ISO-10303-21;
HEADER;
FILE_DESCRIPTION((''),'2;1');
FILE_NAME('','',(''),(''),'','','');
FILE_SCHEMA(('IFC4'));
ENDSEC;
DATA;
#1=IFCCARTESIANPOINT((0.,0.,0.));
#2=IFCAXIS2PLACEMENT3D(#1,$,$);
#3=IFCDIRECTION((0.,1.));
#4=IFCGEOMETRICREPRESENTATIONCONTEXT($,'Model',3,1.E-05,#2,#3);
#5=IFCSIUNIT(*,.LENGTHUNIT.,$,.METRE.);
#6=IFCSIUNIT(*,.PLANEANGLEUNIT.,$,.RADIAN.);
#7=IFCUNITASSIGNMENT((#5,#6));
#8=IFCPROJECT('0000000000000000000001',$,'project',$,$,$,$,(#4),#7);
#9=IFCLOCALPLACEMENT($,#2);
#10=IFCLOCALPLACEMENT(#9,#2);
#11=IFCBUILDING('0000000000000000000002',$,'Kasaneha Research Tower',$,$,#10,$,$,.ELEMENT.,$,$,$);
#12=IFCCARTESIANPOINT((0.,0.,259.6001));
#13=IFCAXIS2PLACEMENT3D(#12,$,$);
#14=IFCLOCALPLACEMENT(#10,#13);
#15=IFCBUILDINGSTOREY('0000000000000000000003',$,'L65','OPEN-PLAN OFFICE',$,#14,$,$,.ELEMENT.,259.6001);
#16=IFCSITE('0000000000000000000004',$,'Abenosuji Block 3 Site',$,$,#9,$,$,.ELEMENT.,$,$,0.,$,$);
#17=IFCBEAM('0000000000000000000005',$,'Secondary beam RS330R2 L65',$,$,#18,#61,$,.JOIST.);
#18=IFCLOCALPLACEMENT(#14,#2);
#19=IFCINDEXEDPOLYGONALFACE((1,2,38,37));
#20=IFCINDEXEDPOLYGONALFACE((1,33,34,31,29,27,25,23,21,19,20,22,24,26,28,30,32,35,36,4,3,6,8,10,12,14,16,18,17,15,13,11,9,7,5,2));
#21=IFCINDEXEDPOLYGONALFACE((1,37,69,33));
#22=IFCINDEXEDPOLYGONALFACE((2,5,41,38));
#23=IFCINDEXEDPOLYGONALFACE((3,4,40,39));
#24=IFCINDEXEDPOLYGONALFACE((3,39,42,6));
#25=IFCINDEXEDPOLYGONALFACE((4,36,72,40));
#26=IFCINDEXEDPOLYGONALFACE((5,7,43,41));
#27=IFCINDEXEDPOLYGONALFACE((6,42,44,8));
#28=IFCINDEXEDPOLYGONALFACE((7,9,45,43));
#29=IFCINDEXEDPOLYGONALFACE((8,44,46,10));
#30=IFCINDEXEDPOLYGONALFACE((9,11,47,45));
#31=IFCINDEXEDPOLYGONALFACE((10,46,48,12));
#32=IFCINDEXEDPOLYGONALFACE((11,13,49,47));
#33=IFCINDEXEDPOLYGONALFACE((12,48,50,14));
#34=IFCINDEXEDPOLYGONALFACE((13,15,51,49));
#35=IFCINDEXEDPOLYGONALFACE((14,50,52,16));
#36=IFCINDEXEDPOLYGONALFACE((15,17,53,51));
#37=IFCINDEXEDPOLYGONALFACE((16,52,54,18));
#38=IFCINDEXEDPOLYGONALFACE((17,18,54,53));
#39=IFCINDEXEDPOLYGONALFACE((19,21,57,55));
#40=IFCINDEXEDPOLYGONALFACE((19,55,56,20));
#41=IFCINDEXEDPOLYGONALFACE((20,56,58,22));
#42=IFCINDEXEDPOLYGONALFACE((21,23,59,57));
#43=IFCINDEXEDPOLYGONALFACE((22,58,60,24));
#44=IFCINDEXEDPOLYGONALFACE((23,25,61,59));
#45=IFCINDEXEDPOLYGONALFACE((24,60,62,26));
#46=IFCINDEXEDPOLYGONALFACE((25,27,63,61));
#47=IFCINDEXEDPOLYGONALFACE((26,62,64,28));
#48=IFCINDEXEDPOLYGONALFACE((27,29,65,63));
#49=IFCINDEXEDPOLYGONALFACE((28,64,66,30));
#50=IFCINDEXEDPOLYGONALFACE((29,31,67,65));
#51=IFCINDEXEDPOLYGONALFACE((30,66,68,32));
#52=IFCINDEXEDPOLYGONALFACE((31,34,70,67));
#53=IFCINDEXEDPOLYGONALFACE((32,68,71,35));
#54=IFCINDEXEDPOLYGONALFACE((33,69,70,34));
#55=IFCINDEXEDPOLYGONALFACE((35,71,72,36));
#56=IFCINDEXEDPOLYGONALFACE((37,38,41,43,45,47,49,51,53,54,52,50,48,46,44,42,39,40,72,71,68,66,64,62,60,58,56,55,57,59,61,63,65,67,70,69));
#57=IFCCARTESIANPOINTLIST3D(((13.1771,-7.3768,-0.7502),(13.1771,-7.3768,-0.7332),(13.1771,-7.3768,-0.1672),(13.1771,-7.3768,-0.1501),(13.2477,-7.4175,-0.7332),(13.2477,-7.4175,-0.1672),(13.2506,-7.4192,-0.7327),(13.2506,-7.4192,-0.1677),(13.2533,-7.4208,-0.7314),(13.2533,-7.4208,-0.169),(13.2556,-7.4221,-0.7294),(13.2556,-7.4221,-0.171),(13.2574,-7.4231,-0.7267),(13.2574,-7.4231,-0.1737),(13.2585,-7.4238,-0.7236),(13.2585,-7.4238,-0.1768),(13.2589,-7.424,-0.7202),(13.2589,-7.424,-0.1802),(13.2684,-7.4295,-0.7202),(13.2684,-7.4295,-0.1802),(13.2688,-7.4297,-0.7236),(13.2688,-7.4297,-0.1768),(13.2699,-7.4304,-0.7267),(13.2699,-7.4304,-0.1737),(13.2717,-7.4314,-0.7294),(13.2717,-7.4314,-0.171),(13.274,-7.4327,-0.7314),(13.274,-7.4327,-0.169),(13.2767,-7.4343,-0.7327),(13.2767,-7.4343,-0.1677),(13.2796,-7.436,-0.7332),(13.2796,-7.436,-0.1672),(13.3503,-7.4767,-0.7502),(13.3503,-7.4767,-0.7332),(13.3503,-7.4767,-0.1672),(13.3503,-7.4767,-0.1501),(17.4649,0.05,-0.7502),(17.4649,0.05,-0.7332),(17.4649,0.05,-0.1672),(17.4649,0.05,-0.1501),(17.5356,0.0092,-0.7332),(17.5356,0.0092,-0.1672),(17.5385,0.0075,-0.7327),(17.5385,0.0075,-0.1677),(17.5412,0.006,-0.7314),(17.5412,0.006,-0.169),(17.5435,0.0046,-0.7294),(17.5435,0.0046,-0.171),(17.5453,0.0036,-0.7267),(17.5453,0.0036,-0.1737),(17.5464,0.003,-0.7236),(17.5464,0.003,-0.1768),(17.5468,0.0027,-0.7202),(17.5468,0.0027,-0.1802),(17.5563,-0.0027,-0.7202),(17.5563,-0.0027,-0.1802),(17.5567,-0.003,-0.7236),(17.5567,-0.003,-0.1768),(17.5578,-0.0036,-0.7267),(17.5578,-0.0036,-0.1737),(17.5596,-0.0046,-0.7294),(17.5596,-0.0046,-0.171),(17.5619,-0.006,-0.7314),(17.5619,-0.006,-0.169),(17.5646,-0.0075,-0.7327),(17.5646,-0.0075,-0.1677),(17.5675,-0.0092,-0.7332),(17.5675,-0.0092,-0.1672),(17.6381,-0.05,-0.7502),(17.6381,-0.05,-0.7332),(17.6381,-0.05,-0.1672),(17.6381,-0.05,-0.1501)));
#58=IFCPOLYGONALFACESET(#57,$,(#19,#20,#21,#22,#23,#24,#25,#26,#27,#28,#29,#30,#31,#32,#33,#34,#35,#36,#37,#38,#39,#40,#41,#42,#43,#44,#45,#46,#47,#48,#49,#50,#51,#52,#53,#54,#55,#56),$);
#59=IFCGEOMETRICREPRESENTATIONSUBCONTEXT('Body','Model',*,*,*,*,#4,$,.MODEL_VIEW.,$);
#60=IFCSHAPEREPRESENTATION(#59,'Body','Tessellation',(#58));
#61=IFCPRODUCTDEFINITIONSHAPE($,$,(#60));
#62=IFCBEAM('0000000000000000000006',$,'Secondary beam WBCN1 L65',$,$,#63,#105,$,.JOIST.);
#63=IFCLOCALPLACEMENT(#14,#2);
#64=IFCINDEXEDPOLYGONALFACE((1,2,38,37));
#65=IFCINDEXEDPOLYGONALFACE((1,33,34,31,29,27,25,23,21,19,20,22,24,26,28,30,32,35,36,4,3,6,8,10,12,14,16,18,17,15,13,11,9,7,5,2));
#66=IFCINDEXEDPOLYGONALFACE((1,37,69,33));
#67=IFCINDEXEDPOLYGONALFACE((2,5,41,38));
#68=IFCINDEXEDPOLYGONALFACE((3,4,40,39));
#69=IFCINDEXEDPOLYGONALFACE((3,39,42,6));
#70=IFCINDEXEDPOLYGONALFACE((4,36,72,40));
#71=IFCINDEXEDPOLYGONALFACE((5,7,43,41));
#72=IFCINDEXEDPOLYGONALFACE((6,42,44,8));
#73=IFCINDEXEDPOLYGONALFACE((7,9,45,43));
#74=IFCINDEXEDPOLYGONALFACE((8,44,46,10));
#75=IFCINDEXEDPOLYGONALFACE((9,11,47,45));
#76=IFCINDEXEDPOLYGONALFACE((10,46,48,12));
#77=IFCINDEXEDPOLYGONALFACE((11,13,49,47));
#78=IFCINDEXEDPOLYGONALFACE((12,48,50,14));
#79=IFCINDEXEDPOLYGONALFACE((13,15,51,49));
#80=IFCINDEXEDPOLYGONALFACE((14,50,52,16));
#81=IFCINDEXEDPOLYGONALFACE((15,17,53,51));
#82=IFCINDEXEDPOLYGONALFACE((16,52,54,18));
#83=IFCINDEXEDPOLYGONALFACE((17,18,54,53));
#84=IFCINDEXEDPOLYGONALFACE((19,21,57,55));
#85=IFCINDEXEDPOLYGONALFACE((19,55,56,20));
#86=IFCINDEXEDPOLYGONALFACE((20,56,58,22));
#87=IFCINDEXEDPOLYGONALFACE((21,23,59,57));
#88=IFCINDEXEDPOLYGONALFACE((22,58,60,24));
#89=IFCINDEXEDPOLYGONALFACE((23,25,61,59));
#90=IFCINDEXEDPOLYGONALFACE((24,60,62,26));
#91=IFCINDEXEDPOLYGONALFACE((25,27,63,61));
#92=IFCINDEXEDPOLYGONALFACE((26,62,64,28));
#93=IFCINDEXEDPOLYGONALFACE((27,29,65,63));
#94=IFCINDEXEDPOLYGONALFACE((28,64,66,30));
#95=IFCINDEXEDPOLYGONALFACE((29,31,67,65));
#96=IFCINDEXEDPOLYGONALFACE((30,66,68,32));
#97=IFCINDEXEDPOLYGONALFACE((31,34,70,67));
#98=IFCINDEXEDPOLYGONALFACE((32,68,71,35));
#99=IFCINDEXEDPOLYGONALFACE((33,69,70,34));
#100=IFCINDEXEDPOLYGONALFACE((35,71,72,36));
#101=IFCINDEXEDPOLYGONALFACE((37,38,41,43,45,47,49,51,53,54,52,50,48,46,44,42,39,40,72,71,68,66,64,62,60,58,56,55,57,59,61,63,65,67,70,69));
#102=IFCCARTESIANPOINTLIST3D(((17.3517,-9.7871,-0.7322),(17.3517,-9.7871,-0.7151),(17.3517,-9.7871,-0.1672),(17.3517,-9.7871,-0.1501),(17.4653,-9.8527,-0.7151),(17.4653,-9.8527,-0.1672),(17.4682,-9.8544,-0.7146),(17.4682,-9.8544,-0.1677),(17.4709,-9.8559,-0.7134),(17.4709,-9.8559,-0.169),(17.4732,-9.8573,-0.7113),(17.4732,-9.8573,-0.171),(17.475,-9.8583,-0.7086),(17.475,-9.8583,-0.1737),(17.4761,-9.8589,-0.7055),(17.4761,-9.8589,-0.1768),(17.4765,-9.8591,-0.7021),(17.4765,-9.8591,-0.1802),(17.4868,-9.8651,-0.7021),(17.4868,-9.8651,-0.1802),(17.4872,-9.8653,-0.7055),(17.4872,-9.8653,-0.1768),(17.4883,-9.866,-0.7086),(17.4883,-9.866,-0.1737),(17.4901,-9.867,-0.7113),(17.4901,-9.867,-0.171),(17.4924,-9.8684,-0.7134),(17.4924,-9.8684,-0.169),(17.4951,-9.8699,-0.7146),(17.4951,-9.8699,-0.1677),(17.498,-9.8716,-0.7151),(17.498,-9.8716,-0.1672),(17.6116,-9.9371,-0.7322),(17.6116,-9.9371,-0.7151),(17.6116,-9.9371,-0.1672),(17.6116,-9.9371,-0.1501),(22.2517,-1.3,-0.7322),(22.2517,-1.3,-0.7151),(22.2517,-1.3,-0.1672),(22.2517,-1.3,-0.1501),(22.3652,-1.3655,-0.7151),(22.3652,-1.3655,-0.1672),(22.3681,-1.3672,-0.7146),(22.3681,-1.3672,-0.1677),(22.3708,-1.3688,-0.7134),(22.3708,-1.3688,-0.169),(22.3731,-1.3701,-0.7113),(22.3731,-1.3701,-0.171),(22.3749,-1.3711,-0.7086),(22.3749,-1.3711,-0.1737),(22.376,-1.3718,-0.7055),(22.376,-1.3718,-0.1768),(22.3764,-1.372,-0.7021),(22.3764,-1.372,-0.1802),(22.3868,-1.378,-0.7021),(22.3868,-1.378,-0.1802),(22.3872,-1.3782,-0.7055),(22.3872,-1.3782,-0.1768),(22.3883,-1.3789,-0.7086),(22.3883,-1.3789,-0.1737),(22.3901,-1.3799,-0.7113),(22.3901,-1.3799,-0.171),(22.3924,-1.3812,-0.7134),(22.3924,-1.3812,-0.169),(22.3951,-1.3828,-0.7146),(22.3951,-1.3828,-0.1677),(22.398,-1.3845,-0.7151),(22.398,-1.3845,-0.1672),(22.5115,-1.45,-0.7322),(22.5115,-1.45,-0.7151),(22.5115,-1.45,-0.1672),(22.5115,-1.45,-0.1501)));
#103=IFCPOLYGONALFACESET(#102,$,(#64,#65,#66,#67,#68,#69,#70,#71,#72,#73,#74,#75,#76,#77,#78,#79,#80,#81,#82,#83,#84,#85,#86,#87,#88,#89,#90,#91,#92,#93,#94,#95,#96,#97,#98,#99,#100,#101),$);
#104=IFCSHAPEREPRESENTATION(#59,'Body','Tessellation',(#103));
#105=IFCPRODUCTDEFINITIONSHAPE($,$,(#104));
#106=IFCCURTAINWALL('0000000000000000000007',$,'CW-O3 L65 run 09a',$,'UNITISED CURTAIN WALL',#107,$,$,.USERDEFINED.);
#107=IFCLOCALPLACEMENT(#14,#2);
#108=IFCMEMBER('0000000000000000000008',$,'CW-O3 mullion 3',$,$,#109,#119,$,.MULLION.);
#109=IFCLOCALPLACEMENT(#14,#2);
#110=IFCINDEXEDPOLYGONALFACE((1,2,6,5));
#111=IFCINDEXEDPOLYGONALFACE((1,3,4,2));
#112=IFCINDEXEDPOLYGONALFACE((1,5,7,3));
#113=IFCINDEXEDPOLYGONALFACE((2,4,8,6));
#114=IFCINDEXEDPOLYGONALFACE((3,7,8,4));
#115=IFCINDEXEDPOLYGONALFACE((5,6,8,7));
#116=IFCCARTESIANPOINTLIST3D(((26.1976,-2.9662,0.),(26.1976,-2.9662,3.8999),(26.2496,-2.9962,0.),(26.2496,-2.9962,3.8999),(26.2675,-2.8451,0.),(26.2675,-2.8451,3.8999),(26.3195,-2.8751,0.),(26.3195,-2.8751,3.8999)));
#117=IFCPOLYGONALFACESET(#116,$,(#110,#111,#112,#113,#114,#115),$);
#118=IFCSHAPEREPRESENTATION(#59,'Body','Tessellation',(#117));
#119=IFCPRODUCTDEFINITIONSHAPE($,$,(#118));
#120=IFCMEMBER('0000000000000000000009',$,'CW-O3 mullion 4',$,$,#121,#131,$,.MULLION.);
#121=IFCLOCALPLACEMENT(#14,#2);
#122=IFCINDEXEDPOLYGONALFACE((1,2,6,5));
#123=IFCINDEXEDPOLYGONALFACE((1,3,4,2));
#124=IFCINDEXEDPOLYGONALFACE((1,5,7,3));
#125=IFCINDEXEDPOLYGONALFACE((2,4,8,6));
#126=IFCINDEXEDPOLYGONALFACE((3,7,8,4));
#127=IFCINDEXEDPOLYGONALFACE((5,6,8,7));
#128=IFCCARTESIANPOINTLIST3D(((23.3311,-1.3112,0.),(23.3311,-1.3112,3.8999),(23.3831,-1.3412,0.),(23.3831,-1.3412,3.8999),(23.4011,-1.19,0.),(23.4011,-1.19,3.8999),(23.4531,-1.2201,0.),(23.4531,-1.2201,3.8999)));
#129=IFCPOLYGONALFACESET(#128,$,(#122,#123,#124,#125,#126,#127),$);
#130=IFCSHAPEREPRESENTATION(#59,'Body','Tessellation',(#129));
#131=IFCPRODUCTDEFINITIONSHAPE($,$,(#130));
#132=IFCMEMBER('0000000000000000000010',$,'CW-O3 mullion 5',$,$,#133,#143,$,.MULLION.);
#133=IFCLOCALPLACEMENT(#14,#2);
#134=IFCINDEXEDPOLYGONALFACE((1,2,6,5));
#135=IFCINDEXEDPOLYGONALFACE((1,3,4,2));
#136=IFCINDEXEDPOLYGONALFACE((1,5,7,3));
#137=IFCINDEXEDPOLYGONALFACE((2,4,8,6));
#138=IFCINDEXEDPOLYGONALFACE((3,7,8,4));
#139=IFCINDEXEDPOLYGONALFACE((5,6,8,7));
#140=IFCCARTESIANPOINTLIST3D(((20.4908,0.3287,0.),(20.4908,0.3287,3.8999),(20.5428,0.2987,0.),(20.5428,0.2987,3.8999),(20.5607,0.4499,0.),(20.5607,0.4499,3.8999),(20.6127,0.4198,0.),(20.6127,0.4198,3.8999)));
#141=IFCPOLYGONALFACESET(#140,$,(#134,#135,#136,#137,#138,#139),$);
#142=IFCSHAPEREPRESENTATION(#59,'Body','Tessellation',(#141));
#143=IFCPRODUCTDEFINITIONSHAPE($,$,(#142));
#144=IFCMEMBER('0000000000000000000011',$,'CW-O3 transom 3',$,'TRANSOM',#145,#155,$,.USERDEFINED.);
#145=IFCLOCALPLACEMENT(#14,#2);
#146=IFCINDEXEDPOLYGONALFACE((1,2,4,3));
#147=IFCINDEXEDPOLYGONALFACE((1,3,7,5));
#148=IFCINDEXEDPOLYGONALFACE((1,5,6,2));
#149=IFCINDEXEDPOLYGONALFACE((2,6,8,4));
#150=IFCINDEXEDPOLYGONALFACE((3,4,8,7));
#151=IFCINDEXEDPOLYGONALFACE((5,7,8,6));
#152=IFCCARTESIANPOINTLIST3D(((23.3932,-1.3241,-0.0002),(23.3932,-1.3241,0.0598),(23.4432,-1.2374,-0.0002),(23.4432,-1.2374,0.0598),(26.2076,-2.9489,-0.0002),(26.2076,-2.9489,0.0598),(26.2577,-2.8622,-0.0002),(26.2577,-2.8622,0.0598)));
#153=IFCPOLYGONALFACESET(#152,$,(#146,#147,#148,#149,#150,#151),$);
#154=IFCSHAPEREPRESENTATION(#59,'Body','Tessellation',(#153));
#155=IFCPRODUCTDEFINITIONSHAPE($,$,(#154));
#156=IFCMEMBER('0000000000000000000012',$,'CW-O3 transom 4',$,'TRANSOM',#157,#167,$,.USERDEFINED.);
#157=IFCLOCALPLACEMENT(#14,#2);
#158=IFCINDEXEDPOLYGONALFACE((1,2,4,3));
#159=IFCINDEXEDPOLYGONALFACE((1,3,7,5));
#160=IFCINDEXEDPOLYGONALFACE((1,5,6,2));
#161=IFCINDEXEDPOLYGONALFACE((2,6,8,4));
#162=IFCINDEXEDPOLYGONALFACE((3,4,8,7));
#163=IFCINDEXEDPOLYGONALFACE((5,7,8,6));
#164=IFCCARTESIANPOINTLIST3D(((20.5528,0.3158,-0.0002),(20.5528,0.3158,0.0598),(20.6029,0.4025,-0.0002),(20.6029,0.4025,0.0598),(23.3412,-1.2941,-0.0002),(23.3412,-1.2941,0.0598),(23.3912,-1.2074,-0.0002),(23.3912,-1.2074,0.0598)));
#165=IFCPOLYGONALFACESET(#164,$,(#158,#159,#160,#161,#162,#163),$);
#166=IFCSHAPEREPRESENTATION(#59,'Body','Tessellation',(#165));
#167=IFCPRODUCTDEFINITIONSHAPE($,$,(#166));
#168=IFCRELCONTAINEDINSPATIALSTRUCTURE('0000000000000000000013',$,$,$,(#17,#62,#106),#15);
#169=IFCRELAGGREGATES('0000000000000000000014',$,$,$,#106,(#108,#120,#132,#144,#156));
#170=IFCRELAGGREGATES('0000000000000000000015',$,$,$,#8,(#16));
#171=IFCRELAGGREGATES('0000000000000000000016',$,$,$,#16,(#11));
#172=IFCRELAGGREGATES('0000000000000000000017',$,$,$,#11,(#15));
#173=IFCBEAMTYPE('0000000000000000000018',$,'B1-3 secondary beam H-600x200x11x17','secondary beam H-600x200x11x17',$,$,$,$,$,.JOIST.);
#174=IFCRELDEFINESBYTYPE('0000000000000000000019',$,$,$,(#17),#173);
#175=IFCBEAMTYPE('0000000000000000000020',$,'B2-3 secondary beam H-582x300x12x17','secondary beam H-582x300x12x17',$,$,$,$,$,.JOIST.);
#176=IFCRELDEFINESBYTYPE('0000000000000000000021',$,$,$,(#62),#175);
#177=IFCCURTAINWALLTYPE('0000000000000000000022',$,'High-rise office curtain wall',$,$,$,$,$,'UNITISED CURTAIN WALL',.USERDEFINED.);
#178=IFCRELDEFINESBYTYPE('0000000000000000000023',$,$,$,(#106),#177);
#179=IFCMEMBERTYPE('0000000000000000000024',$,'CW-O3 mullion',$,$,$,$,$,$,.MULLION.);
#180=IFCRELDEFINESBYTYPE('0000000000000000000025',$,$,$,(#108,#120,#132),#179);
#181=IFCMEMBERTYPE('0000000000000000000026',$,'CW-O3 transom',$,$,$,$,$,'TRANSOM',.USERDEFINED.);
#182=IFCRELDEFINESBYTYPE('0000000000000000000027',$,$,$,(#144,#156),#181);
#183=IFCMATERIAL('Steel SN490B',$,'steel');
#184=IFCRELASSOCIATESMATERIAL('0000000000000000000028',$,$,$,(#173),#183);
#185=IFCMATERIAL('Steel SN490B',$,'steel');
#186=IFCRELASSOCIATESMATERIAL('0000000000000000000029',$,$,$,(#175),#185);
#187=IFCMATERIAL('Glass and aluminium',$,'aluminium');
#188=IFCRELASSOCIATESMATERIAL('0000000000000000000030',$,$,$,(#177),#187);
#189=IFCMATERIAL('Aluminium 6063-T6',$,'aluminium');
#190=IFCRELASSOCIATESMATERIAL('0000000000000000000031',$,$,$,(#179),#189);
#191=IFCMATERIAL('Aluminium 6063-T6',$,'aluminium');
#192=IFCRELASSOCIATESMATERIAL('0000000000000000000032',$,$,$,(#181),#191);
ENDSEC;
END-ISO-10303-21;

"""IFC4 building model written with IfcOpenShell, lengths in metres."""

from ifc_helpers import new_model, si_unit, direction, frame, origin, origin_2d, place, context, subcontext, project, spatial, rectangle, i_section, extrude, material, material_profile, profile_set, type_object, element, aggregate, save


model = new_model("IFC4")

# Units and contexts
model_context = context("Model", 3, precision=1e-05, world=origin(), true_north=direction((0.0, 1.0)))
body_context = subcontext(model_context, "Body", "Model", "MODEL_VIEW")
ifc_project = project(units=[si_unit("LENGTHUNIT", "METRE"), si_unit("PLANEANGLEUNIT", "RADIAN")], contexts=[model_context])

# Site, building, storey
site_placement = place(None, origin())
site = spatial("IfcSite", under=ifc_project, at=site_placement, Name="Abenosuji Block 3 Site", CompositionType="ELEMENT", RefElevation=0.0)
building_placement = place(site_placement, origin())
building = spatial("IfcBuilding", under=site, at=building_placement, Name="Kasaneha Research Tower", CompositionType="ELEMENT")
storey_placement = place(building_placement, frame((0.0, 0.0, 259.6001)))
storey = spatial("IfcBuildingStorey", under=building, at=storey_placement, Name="L65", Description="OPEN-PLAN OFFICE", CompositionType="ELEMENT", Elevation=259.6001)

# Beams
ifc_material_1 = material(Name="Steel SN490B", Category="steel")
ifc_material_profile_1 = material_profile(ifc_material_1, i_section(OverallWidth=0.2, OverallDepth=0.6001, WebThickness=0.011, FlangeThickness=0.0171, FilletRadius=0.0129, at=origin_2d()), Name="H-600x200x11x17")
ifc_profile_set_1 = profile_set([ifc_material_profile_1], Name="Steel SN490B")
beam_type_1 = type_object("IfcBeamType", Name="B1-3 secondary beam H-600x200x11x17", Description="secondary beam H-600x200x11x17", PredefinedType="JOIST", material=ifc_profile_set_1)
beam_1_placement = place(storey_placement, frame((17.5515, 0.0, -0.4502), z_axis=(-0.5, -0.866025, 0.0), x_axis=(0.866025, -0.5, 0.0)))
element("IfcBeam", 1, at=beam_1_placement, inside=storey, type_object=beam_type_1, Name="Secondary beam RS330R2 L65", PredefinedType="JOIST", context=body_context, shape_type="SweptSolid", body=[
    extrude(i_section(OverallWidth=0.2, OverallDepth=0.6001, WebThickness=0.011, FlangeThickness=0.0171, FilletRadius=0.0129, at=origin_2d()), origin(), (0.0, 0.0, 1.0), 8.5757),
])
ifc_material_2 = material(Name="Steel SN490B", Category="steel")
ifc_material_profile_2 = material_profile(ifc_material_2, i_section(OverallWidth=0.3, OverallDepth=0.582, WebThickness=0.012, FlangeThickness=0.0171, FilletRadius=0.0129, at=origin_2d()), Name="H-582x300x12x17")
ifc_profile_set_2 = profile_set([ifc_material_profile_2], Name="Steel SN490B")
beam_type_2 = type_object("IfcBeamType", Name="B2-3 secondary beam H-582x300x12x17", Description="secondary beam H-582x300x12x17", PredefinedType="JOIST", material=ifc_profile_set_2)
beam_2_placement = place(storey_placement, frame((22.3816, -1.375, -0.4412), z_axis=(-0.499992, -0.86603, 0.0), x_axis=(0.86603, -0.499992, 0.0)))
element("IfcBeam", 2, at=beam_2_placement, inside=storey, type_object=beam_type_2, Name="Secondary beam WBCN1 L65", PredefinedType="JOIST", context=body_context, shape_type="SweptSolid", body=[
    extrude(i_section(OverallWidth=0.3, OverallDepth=0.582, WebThickness=0.012, FlangeThickness=0.0171, FilletRadius=0.0129, at=origin_2d()), origin(), (0.0, 0.0, 1.0), 9.8),
])

# Curtain wall, members
ifc_material_3 = material(Name="Glass and aluminium", Category="aluminium")
curtain_wall_type = type_object("IfcCurtainWallType", Name="High-rise office curtain wall", ElementType="UNITISED CURTAIN WALL", PredefinedType="USERDEFINED", material=ifc_material_3)
curtain_wall_placement = place(storey_placement, origin())
curtain_wall = element("IfcCurtainWall", 3, at=curtain_wall_placement, inside=storey, type_object=curtain_wall_type, Name="CW-O3 L65 run 09a", ObjectType="UNITISED CURTAIN WALL", PredefinedType="USERDEFINED")
ifc_material_4 = material(Name="Aluminium 6063-T6", Category="aluminium")
ifc_material_profile_3 = material_profile(ifc_material_4, rectangle(XDim=0.0601, YDim=0.1399, at=origin_2d()), Name="CW-O3 mullion 60x140")
ifc_profile_set_3 = profile_set([ifc_material_profile_3], Name="Aluminium 6063-T6")
member_type_1 = type_object("IfcMemberType", Name="CW-O3 mullion", PredefinedType="MULLION", material=ifc_profile_set_3)
member_1_placement = place(storey_placement, frame((26.2585, -2.9207, 0.0), z_axis=(0.0, 0.0, 1.0), x_axis=(-0.866025, 0.5, 0.0)))
member_1 = element("IfcMember", 4, at=member_1_placement, type_object=member_type_1, Name="CW-O3 mullion 3", PredefinedType="MULLION", context=body_context, shape_type="SweptSolid", body=[
    extrude(rectangle(XDim=0.0601, YDim=0.1399, at=origin_2d()), origin(), (0.0, 0.0, 1.0), 3.8999),
])
member_2_placement = place(storey_placement, frame((23.3921, -1.2656, 0.0), z_axis=(0.0, 0.0, 1.0), x_axis=(-0.866025, 0.5, 0.0)))
member_2 = element("IfcMember", 5, at=member_2_placement, type_object=member_type_1, Name="CW-O3 mullion 4", PredefinedType="MULLION", context=body_context, shape_type="SweptSolid", body=[
    extrude(rectangle(XDim=0.0601, YDim=0.1399, at=origin_2d()), origin(), (0.0, 0.0, 1.0), 3.8999),
])
member_3_placement = place(storey_placement, frame((20.5518, 0.3743, 0.0), z_axis=(0.0, 0.0, 1.0), x_axis=(-0.866025, 0.5, 0.0)))
member_3 = element("IfcMember", 6, at=member_3_placement, type_object=member_type_1, Name="CW-O3 mullion 5", PredefinedType="MULLION", context=body_context, shape_type="SweptSolid", body=[
    extrude(rectangle(XDim=0.0601, YDim=0.1399, at=origin_2d()), origin(), (0.0, 0.0, 1.0), 3.8999),
])
ifc_material_5 = material(Name="Aluminium 6063-T6", Category="aluminium")
ifc_material_profile_4 = material_profile(ifc_material_5, rectangle(XDim=0.1001, YDim=0.0601, at=origin_2d()), Name="CW-O3 transom 100x60")
ifc_profile_set_4 = profile_set([ifc_material_profile_4], Name="Aluminium 6063-T6")
member_type_2 = type_object("IfcMemberType", Name="CW-O3 transom", ElementType="TRANSOM", PredefinedType="USERDEFINED", material=ifc_profile_set_4)
member_4_placement = place(storey_placement, frame((26.2327, -2.9055, 0.0298), z_axis=(-0.866048, 0.499961, 0.0), x_axis=(-0.499961, -0.866048, 0.0)))
member_4 = element("IfcMember", 7, at=member_4_placement, type_object=member_type_2, Name="CW-O3 transom 3", ObjectType="TRANSOM", PredefinedType="USERDEFINED", context=body_context, shape_type="SweptSolid", body=[
    extrude(rectangle(XDim=0.1001, YDim=0.0601, at=origin_2d()), origin(), (0.0, 0.0, 1.0), 3.2498),
])
member_5_placement = place(storey_placement, frame((23.3662, -1.2507, 0.0298), z_axis=(-0.866023, 0.500005, 0.0), x_axis=(-0.500005, -0.866023, 0.0)))
member_5 = element("IfcMember", 8, at=member_5_placement, type_object=member_type_2, Name="CW-O3 transom 4", ObjectType="TRANSOM", PredefinedType="USERDEFINED", context=body_context, shape_type="SweptSolid", body=[
    extrude(rectangle(XDim=0.1001, YDim=0.0601, at=origin_2d()), origin(), (0.0, 0.0, 1.0), 3.2197),
])

aggregate(curtain_wall, [member_1, member_2, member_3, member_4, member_5])

save(model, "model.ifc")
